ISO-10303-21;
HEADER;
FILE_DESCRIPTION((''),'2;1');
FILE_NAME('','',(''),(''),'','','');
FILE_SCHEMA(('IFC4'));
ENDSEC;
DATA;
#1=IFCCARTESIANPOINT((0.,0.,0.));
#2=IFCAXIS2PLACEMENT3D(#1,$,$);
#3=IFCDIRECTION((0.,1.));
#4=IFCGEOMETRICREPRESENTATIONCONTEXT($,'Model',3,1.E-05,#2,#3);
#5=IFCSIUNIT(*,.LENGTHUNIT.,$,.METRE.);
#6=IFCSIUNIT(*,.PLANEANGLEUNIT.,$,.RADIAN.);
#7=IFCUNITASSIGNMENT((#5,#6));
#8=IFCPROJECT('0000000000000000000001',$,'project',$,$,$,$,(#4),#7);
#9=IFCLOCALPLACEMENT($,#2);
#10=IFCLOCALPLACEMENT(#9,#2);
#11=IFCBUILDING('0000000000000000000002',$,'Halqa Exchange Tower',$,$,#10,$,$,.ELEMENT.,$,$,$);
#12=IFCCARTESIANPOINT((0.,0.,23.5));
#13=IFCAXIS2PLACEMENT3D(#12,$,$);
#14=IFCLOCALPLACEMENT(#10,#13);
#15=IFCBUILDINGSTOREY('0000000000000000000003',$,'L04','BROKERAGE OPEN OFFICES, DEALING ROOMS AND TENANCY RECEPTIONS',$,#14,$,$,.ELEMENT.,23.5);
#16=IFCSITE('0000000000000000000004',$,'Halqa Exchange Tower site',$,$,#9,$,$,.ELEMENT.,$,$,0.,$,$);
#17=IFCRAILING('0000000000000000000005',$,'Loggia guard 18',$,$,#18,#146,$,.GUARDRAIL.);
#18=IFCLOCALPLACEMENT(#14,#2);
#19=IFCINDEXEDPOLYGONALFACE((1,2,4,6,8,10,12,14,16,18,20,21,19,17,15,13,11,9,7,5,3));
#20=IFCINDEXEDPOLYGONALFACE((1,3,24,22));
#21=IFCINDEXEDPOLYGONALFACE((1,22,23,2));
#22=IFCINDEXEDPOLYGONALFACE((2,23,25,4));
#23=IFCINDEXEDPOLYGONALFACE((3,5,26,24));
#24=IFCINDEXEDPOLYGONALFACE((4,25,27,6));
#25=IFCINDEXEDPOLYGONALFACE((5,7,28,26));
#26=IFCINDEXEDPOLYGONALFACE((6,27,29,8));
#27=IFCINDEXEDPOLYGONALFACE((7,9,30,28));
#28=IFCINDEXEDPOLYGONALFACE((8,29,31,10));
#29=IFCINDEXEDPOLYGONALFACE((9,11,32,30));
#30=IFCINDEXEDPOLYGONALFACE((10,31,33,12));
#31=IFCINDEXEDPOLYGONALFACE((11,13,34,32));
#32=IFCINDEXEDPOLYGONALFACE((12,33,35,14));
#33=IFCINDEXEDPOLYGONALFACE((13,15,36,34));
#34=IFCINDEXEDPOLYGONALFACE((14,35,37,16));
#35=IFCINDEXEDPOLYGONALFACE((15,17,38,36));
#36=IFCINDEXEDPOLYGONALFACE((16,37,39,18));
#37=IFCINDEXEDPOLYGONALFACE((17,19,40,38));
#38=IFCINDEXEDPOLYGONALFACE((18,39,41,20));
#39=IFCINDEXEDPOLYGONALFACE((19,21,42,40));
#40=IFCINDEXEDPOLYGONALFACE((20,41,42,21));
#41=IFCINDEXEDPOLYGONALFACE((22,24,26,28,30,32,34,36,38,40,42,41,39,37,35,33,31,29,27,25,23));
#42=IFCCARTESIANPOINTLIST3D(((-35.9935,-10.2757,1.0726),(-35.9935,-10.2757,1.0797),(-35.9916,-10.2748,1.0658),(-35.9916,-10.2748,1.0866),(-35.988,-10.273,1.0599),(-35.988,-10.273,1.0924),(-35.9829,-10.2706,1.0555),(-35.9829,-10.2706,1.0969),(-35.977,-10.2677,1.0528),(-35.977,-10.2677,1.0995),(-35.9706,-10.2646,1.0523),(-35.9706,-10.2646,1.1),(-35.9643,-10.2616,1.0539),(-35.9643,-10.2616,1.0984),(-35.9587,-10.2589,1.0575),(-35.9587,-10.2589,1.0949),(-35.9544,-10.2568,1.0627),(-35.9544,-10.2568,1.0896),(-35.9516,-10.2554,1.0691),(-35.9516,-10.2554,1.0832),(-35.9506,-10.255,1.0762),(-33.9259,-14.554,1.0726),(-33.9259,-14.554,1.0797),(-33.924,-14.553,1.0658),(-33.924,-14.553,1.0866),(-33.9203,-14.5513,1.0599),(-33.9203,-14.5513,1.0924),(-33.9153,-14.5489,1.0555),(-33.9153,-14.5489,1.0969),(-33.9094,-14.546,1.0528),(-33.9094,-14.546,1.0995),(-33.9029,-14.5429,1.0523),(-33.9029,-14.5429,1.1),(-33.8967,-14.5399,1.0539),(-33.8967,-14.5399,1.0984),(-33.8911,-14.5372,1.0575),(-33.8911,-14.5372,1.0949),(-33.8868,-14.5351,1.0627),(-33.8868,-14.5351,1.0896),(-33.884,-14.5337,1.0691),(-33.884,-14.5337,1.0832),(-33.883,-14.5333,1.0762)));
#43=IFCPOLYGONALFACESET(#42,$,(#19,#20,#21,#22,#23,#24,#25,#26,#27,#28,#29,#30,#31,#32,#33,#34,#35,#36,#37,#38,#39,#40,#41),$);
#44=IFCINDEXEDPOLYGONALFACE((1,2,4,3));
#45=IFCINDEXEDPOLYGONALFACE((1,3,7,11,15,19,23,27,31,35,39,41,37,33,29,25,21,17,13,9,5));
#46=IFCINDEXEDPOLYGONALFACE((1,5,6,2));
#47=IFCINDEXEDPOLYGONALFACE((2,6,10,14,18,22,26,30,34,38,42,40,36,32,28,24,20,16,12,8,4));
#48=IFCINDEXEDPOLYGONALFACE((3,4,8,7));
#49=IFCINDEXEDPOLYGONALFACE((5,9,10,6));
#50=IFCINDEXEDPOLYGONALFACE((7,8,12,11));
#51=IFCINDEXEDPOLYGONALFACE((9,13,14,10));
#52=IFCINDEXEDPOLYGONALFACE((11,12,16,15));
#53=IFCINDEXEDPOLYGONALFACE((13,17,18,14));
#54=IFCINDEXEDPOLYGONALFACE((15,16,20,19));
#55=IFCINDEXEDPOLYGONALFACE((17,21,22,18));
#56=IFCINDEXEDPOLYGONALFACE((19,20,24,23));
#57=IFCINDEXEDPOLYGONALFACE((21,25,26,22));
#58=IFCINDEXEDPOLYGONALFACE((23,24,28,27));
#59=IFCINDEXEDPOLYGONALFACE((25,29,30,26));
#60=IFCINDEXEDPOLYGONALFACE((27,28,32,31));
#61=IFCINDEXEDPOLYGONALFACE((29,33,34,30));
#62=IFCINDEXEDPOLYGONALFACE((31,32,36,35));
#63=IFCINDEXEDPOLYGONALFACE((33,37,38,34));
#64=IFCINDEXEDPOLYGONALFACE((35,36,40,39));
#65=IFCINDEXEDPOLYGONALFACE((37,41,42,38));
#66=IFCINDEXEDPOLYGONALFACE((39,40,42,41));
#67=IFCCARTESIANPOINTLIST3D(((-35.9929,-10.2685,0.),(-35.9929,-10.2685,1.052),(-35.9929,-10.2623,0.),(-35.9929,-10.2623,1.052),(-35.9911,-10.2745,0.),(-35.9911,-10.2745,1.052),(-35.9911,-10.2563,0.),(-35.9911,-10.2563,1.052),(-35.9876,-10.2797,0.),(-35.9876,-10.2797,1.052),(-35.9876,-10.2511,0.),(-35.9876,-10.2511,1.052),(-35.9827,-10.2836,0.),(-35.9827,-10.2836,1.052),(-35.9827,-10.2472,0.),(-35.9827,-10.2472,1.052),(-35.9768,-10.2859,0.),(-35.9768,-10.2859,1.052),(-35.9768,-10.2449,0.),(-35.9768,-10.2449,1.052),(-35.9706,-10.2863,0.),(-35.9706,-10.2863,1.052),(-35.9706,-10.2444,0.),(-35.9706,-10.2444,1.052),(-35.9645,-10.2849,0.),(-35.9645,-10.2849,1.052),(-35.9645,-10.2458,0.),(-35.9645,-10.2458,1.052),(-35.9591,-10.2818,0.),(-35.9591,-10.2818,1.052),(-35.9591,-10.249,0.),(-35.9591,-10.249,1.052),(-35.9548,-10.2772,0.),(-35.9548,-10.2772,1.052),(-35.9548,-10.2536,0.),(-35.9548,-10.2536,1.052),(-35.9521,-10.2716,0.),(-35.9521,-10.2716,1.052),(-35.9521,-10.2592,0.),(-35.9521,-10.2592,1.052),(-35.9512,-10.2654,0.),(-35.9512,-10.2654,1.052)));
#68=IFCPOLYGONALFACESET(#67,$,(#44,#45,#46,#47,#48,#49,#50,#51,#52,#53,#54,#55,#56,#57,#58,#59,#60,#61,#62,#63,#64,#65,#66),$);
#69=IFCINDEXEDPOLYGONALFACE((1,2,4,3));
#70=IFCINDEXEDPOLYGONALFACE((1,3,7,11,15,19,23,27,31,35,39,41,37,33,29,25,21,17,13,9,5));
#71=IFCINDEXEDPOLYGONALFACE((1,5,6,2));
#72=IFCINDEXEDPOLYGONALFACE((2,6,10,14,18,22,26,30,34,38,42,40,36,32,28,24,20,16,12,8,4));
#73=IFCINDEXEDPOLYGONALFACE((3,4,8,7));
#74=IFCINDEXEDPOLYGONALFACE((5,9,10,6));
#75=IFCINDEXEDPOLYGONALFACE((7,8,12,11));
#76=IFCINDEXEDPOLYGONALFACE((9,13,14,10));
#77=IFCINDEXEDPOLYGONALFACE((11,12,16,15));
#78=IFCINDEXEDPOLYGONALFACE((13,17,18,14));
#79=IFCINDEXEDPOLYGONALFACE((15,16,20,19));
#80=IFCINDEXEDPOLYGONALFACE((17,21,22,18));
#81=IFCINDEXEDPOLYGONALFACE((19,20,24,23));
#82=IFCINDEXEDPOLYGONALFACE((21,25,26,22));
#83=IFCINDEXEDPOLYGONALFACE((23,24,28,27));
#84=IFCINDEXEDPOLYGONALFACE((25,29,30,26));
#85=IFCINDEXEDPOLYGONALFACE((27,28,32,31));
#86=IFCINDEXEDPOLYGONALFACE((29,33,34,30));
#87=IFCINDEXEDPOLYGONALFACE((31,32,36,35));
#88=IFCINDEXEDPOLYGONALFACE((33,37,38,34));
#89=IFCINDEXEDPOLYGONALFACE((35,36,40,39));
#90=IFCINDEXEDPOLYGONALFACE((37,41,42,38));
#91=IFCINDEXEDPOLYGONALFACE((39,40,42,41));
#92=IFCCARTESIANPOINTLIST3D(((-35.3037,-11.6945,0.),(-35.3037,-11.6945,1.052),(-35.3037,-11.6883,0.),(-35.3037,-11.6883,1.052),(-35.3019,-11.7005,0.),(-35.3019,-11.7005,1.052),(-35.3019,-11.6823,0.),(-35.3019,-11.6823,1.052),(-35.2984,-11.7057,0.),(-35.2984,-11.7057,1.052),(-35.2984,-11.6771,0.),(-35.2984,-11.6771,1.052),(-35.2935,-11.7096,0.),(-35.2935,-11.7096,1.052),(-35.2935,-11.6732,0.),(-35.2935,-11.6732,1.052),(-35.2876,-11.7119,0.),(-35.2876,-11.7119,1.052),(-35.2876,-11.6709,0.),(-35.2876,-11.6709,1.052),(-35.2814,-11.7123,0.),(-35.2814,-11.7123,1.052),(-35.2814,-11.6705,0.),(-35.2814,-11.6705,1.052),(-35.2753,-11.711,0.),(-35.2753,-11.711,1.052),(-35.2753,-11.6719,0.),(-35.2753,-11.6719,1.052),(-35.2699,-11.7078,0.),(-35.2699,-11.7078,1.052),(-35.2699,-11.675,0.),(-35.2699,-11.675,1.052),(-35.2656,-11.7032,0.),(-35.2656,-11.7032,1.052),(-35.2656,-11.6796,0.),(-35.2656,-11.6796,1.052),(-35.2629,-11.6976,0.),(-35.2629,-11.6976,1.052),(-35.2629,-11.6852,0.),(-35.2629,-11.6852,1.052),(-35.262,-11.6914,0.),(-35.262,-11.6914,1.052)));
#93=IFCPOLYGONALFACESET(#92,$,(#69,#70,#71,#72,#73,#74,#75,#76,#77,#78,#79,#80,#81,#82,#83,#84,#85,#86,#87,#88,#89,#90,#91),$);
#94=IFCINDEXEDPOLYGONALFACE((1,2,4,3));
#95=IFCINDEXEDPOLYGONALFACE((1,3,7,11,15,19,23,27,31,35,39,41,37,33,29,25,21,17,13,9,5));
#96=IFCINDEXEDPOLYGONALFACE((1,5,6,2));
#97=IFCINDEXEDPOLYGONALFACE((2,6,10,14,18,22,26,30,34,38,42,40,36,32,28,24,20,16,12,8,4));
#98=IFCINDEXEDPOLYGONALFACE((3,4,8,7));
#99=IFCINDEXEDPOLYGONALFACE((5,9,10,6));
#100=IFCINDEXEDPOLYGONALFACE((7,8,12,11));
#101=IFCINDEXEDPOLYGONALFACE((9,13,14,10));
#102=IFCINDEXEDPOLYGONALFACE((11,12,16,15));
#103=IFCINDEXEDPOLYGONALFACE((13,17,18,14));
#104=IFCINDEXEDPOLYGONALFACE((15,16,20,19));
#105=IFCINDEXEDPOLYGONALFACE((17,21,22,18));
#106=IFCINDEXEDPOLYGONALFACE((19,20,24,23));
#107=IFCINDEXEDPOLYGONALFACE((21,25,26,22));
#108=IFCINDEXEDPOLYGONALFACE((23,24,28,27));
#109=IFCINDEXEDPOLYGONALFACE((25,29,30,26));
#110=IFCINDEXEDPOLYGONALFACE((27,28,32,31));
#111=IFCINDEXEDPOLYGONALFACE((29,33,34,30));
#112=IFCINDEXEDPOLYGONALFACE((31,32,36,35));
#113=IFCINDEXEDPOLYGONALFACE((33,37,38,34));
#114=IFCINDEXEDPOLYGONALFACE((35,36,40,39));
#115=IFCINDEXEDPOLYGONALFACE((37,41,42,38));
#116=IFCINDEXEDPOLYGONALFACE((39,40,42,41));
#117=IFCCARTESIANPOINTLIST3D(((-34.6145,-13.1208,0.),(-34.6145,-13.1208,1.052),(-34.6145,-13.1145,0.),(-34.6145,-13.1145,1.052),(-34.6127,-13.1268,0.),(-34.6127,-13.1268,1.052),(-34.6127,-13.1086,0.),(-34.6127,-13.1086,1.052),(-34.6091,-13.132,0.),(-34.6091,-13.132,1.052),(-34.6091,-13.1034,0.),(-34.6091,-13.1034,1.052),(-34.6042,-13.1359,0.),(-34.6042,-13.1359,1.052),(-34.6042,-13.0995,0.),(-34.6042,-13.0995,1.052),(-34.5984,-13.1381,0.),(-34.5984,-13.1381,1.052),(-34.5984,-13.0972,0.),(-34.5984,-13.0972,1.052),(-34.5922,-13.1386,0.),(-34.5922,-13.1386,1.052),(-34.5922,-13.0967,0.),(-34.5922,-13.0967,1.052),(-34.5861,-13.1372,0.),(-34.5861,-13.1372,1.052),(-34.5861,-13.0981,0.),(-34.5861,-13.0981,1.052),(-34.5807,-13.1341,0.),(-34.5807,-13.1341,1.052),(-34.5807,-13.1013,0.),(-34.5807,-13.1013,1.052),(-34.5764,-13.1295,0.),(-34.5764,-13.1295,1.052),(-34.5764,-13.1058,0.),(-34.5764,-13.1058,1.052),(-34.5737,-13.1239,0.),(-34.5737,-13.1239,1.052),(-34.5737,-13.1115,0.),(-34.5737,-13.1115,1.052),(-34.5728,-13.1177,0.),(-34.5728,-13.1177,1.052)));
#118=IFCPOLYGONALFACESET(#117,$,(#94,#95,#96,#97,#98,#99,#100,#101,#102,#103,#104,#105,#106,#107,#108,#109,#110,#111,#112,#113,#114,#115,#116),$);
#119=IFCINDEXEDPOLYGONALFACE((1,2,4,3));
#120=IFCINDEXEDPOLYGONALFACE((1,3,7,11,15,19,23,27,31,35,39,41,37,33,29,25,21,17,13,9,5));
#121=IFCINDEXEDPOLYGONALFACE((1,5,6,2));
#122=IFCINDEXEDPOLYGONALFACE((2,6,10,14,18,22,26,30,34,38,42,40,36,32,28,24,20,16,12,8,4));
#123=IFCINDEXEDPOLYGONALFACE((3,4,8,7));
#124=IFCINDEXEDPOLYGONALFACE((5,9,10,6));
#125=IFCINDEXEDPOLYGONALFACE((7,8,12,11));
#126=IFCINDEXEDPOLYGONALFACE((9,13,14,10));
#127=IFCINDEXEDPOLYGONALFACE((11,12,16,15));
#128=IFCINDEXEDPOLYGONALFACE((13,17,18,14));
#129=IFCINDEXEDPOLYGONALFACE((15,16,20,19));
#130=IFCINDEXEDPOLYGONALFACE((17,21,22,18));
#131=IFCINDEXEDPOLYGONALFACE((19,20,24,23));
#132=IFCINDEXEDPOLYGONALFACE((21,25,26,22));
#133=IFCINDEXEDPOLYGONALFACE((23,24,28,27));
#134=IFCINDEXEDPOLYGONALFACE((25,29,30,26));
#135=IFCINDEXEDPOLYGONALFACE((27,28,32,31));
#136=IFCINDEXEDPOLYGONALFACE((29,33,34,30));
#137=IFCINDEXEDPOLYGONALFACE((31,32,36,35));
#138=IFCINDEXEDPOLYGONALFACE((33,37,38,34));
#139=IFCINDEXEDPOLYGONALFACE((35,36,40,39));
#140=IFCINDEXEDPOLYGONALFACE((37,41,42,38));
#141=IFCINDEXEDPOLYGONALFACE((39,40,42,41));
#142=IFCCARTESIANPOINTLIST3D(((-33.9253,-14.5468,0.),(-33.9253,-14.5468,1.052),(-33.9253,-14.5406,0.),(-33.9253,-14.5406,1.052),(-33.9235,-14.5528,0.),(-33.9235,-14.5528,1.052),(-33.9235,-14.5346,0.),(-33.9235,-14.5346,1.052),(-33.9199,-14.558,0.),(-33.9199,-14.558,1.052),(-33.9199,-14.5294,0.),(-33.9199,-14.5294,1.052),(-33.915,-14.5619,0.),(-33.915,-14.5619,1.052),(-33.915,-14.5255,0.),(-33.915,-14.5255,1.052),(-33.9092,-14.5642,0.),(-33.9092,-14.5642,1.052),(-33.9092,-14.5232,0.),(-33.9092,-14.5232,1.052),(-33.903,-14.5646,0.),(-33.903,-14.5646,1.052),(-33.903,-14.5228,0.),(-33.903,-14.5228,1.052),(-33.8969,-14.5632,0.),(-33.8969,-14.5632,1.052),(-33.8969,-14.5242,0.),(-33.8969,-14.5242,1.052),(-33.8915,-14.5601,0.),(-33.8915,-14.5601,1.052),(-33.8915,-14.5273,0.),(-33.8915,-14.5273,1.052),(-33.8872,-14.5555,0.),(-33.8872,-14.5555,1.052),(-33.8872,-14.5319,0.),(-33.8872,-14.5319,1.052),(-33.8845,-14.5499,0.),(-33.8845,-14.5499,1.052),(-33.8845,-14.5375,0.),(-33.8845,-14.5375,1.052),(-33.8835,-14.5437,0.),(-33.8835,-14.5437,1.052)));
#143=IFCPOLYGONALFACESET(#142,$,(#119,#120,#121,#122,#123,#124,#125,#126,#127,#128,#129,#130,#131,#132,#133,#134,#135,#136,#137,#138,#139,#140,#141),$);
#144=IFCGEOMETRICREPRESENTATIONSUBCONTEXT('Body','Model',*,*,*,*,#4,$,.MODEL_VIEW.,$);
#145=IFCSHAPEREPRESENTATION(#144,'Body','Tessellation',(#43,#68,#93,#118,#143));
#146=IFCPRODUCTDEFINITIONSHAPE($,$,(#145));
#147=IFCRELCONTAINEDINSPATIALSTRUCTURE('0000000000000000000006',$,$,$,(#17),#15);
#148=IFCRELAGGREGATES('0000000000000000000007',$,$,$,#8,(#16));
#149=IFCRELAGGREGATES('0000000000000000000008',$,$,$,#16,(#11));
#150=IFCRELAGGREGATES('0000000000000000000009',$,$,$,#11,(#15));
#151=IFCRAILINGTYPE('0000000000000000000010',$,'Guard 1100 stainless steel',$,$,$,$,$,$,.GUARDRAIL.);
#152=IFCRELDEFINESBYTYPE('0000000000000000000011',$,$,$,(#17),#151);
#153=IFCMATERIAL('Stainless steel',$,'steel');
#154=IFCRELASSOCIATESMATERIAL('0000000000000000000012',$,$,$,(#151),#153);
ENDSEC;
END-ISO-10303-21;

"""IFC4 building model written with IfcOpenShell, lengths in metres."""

from ifc_helpers import new_model, si_unit, direction, frame, origin, origin_2d, place, context, subcontext, project, spatial, circle, extrude, material, type_object, element, save


model = new_model("IFC4")

# Units and contexts
model_context = context("Model", 3, precision=1e-05, world=origin(), true_north=direction((0.0, 1.0)))
body_context = subcontext(model_context, "Body", "Model", "MODEL_VIEW")
ifc_project = project(units=[si_unit("LENGTHUNIT", "METRE"), si_unit("PLANEANGLEUNIT", "RADIAN")], contexts=[model_context])

# Site, building, storey
site_placement = place(None, origin())
site = spatial("IfcSite", under=ifc_project, at=site_placement, Name="Halqa Exchange Tower site", CompositionType="ELEMENT", RefElevation=0.0)
building_placement = place(site_placement, origin())
building = spatial("IfcBuilding", under=site, at=building_placement, Name="Halqa Exchange Tower", CompositionType="ELEMENT")
storey_placement = place(building_placement, frame((0.0, 0.0, 23.5)))
storey = spatial("IfcBuildingStorey", under=building, at=storey_placement, Name="L04", Description="BROKERAGE OPEN OFFICES, DEALING ROOMS AND TENANCY RECEPTIONS", CompositionType="ELEMENT", Elevation=23.5)

# Railing
ifc_material_1 = material(Name="Stainless steel", Category="steel")
railing_type = type_object("IfcRailingType", Name="Guard 1100 stainless steel", PredefinedType="GUARDRAIL", material=ifc_material_1)
railing_1_placement = place(storey_placement, frame((-35.9722, -10.2654, 0.0)))
element("IfcRailing", 1, at=railing_1_placement, inside=storey, type_object=railing_type, Name="Loggia guard 18", PredefinedType="GUARDRAIL", context=body_context, shape_type="SweptSolid", body=[
    extrude(circle(Radius=0.0239, at=origin_2d()), frame((0.0, 0.0, 1.0762), z_axis=(0.43513, -0.900368, 0.0), x_axis=(0.900368, 0.43513, 0.0)), (0.0, 0.0, 1.0), 4.7517),
    extrude(circle(Radius=0.021, at=origin_2d()), origin(), (0.0, 0.0, 1.0), 1.052),
    extrude(circle(Radius=0.021, at=origin_2d()), frame((0.6892, -1.426, 0.0)), (0.0, 0.0, 1.0), 1.052),
    extrude(circle(Radius=0.021, at=origin_2d()), frame((1.3784, -2.8523, 0.0)), (0.0, 0.0, 1.0), 1.052),
    extrude(circle(Radius=0.021, at=origin_2d()), frame((2.0676, -4.2783, 0.0)), (0.0, 0.0, 1.0), 1.052),
])

save(model, "model.ifc")
